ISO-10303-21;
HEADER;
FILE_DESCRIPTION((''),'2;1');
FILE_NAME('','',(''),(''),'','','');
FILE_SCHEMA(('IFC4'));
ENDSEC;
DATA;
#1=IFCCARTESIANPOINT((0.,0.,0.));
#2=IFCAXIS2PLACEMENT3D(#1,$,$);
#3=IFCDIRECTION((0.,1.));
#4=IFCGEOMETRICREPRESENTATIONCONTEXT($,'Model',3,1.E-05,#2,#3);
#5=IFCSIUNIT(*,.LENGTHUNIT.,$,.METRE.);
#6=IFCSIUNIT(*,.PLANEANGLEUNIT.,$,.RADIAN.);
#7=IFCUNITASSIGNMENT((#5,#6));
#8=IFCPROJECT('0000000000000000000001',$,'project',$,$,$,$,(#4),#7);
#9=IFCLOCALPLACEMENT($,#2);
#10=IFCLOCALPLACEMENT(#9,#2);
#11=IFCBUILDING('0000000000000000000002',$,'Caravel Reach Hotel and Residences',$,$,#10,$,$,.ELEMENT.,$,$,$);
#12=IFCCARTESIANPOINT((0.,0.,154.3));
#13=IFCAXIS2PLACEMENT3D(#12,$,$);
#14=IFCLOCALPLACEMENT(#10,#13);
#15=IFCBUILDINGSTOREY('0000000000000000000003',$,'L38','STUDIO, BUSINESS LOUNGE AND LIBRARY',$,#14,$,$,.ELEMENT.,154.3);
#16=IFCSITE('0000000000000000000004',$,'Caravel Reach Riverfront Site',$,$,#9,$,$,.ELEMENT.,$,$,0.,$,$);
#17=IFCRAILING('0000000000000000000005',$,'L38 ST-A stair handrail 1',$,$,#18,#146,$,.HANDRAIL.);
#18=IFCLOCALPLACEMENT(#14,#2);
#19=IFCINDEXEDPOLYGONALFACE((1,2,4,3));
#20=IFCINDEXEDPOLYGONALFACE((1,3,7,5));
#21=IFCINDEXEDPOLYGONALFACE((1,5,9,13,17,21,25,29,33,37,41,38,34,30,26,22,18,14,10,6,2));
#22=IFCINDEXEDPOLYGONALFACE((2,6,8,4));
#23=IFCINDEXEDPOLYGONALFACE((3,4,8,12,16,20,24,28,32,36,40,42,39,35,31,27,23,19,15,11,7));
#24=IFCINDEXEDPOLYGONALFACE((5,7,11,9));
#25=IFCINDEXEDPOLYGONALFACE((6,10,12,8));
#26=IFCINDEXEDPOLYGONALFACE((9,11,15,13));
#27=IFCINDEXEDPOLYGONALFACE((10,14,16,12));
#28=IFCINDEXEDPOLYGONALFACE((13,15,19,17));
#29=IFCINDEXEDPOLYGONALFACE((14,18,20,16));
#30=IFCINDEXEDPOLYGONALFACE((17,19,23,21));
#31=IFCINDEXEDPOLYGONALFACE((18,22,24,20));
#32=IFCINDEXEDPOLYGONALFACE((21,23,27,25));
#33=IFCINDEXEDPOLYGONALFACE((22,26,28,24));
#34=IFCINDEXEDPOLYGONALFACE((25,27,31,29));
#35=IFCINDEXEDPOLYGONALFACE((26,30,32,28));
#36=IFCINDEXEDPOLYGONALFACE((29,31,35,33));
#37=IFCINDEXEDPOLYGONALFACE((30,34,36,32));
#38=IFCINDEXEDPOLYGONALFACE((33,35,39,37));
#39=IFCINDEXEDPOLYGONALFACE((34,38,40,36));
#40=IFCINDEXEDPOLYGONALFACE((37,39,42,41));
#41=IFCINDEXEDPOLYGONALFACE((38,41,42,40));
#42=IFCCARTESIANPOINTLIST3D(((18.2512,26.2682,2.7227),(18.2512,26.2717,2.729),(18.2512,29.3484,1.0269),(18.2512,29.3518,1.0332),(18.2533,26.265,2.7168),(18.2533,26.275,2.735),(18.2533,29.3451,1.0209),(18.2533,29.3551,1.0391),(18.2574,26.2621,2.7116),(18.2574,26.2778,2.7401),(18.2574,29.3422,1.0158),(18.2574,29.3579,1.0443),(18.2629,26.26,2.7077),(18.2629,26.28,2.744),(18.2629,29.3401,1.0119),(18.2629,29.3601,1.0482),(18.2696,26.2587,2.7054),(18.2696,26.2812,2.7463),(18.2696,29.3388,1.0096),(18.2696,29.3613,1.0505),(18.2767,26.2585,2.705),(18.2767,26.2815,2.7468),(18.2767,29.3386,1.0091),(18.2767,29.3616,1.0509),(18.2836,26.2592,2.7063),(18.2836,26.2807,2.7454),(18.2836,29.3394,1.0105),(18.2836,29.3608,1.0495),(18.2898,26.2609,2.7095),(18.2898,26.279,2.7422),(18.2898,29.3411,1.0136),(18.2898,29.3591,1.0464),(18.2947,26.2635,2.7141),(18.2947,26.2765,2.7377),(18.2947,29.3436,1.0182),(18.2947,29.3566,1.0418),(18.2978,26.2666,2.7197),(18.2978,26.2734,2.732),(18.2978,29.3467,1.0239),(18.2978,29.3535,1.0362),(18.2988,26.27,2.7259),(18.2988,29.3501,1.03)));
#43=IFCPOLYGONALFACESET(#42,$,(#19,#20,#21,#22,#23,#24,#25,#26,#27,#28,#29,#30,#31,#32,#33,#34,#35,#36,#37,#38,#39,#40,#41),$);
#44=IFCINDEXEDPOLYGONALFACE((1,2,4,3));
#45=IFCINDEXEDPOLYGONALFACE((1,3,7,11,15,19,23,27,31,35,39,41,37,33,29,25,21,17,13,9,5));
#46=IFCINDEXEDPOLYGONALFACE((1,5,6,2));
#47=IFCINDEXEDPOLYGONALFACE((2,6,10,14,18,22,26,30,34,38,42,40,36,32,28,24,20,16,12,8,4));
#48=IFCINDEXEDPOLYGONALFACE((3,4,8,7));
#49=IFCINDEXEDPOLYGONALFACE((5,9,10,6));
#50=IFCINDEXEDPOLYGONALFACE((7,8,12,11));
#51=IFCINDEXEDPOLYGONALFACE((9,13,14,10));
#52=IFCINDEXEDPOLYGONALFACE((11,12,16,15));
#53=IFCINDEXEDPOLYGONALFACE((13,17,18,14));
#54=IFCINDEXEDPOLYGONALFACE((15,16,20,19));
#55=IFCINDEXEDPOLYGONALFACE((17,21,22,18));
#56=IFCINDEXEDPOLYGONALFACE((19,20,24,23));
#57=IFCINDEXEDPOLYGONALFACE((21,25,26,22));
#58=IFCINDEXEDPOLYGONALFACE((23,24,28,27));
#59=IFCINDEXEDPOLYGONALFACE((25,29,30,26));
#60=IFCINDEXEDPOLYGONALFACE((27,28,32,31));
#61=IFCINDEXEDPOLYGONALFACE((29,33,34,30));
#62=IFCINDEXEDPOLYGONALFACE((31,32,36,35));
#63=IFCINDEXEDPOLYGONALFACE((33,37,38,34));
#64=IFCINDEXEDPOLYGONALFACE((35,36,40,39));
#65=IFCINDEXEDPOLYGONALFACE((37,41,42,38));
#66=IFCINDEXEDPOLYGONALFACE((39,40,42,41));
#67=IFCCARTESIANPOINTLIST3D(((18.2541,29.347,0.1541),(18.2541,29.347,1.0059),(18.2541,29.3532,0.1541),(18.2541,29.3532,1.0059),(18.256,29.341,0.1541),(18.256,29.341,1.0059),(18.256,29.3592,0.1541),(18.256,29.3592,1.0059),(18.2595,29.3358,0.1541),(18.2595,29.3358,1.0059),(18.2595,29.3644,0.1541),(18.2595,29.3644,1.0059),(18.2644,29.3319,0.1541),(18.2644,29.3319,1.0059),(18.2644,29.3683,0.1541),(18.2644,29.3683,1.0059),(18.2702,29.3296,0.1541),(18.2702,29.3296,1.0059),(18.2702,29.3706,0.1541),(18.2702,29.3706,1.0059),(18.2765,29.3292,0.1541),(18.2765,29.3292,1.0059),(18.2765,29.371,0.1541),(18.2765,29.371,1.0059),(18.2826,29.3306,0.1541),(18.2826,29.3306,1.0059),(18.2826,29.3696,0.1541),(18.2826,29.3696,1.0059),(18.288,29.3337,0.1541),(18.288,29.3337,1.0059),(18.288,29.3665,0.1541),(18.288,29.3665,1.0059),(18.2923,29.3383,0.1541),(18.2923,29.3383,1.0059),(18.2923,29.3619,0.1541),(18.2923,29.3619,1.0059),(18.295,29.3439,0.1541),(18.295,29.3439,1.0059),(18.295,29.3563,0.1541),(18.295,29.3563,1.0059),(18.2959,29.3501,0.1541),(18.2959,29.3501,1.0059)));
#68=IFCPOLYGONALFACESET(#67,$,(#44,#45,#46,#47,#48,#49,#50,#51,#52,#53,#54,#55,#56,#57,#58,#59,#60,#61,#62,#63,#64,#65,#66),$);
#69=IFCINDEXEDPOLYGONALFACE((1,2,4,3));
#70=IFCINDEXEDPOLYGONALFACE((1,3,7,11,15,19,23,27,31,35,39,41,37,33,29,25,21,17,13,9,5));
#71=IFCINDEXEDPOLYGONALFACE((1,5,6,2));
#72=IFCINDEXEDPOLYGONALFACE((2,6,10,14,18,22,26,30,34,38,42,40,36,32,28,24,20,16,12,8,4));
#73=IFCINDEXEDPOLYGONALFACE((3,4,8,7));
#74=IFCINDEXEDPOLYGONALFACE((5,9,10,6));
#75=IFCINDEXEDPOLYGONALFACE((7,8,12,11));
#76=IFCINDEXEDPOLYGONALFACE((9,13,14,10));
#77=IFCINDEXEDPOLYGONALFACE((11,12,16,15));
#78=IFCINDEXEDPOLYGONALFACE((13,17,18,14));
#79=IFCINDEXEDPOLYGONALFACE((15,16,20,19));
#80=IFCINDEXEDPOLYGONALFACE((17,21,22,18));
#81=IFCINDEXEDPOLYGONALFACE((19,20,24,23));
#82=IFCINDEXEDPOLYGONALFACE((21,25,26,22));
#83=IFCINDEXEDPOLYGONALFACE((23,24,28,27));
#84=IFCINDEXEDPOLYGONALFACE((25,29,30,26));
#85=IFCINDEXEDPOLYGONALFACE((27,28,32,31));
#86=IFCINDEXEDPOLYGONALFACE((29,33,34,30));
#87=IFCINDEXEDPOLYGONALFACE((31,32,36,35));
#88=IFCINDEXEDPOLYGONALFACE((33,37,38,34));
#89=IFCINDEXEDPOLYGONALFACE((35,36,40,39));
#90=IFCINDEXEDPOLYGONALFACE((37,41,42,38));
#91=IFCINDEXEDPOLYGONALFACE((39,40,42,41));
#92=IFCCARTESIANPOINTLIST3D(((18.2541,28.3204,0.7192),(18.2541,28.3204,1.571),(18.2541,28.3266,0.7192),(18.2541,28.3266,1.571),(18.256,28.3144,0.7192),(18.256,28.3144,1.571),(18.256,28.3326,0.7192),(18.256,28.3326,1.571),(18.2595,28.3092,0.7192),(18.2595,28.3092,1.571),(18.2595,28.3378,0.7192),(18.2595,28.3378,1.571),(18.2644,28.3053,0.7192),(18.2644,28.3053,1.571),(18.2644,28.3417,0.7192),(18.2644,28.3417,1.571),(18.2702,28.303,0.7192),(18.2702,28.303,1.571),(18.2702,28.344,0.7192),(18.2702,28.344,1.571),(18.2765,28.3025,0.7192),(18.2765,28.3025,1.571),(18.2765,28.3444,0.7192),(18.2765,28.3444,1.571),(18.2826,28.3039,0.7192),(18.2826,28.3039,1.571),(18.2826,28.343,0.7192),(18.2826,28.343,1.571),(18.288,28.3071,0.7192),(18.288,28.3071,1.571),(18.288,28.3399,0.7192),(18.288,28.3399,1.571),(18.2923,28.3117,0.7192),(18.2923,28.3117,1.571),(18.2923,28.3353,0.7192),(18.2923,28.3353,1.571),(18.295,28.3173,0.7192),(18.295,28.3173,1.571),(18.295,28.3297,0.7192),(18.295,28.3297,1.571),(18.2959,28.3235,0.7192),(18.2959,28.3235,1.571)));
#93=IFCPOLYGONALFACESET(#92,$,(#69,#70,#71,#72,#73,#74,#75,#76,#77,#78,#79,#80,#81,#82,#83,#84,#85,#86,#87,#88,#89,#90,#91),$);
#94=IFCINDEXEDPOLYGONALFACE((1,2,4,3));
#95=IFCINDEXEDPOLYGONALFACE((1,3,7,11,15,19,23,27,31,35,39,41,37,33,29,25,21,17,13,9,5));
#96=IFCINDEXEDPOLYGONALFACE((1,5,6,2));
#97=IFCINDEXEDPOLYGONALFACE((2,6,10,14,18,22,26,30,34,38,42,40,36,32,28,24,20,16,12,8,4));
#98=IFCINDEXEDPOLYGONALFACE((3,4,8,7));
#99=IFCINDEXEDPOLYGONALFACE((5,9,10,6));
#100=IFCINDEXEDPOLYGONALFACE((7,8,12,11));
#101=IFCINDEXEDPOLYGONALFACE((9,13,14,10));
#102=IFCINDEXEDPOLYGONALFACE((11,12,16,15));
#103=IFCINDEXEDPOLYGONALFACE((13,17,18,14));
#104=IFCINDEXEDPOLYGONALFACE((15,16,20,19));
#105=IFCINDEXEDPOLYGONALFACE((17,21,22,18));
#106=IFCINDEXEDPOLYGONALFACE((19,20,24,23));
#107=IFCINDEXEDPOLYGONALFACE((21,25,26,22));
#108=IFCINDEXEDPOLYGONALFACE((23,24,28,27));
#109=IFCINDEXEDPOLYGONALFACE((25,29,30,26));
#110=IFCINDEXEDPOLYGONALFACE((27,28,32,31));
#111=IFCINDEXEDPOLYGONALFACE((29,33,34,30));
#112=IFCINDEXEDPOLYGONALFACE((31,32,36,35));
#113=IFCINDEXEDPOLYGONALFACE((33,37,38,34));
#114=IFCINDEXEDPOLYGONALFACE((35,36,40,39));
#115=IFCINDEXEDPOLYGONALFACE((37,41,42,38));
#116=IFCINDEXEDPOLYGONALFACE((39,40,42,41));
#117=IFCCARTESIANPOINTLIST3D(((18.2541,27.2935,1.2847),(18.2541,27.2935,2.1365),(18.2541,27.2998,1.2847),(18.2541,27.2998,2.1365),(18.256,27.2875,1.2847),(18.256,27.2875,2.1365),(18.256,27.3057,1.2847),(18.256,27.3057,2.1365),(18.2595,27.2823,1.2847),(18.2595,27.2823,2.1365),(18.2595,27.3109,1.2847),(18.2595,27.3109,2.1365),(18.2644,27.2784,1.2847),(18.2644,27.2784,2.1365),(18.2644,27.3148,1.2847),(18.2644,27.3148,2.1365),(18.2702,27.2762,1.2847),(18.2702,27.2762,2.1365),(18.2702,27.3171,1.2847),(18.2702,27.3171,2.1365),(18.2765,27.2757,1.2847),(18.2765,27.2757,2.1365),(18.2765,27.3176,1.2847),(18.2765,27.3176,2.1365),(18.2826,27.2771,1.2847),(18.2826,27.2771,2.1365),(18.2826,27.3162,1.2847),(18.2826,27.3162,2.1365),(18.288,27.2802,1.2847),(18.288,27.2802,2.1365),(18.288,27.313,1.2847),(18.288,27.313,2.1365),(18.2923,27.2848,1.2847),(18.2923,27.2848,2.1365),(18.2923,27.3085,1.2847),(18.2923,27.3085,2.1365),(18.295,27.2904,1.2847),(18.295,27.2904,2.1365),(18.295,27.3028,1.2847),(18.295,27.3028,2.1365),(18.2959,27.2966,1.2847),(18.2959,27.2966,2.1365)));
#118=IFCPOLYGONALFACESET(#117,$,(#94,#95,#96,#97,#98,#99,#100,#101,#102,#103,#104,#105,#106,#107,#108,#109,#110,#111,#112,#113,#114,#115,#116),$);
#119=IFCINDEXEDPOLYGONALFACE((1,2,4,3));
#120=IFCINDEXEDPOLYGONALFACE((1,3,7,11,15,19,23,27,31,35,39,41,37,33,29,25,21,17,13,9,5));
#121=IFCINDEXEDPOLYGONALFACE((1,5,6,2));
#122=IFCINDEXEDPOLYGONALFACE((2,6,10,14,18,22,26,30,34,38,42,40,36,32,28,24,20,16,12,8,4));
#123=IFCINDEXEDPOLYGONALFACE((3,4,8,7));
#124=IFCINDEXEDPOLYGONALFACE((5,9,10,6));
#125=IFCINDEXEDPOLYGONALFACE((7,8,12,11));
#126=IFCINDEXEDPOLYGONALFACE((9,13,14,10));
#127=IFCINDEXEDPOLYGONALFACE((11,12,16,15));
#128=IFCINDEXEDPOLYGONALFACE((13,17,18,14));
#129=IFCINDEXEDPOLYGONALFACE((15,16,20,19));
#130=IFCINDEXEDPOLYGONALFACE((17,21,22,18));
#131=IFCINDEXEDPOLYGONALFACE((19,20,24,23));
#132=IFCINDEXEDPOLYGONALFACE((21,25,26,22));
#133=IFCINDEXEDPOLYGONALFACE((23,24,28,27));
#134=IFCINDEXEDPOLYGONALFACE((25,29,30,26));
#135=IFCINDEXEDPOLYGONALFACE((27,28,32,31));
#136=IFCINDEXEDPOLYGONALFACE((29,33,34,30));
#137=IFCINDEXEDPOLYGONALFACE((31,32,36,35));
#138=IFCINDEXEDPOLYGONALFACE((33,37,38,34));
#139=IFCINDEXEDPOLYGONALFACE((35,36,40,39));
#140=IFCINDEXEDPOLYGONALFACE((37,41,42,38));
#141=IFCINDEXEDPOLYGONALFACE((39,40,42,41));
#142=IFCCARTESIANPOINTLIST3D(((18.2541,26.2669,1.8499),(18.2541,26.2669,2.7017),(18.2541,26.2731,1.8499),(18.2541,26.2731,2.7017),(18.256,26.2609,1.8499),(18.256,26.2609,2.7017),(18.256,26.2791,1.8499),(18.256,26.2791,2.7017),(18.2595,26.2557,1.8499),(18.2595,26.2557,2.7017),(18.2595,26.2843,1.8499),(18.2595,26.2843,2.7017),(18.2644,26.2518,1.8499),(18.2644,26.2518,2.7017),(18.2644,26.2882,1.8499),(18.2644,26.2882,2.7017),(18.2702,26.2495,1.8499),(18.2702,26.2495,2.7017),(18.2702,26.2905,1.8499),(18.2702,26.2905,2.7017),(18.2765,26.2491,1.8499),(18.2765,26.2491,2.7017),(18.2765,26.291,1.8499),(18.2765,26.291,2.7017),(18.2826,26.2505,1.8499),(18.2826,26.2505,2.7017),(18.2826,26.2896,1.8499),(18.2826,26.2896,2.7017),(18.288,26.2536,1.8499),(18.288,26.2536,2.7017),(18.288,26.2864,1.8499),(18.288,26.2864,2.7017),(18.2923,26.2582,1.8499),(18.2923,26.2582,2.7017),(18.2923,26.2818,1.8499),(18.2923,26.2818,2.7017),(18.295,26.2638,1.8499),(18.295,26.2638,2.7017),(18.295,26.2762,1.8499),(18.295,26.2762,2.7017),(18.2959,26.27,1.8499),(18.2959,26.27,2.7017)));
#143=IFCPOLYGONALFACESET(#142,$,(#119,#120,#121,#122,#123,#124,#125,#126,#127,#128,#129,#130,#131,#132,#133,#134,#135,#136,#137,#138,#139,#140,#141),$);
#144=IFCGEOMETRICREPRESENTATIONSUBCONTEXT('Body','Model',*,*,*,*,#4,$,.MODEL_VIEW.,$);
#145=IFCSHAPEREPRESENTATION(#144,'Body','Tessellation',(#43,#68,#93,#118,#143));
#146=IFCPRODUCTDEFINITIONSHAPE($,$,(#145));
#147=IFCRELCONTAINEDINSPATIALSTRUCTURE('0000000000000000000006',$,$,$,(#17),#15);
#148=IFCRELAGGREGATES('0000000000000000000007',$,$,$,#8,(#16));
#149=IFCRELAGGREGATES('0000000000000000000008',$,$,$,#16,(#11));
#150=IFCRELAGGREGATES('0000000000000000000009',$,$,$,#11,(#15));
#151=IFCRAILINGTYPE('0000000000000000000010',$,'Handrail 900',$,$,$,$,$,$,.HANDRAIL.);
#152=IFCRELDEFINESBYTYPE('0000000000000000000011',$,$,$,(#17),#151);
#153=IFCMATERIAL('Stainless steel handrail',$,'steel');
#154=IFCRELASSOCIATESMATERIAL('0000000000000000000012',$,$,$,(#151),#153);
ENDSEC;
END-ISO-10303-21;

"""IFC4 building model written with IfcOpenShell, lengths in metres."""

from ifc_helpers import new_model, si_unit, direction, frame, origin, origin_2d, place, context, subcontext, project, spatial, circle, extrude, material, type_object, element, save


model = new_model("IFC4")

# Units and contexts
model_context = context("Model", 3, precision=1e-05, world=origin(), true_north=direction((0.0, 1.0)))
body_context = subcontext(model_context, "Body", "Model", "MODEL_VIEW")
ifc_project = project(units=[si_unit("LENGTHUNIT", "METRE"), si_unit("PLANEANGLEUNIT", "RADIAN")], contexts=[model_context])

# Site, building, storey
site_placement = place(None, origin())
site = spatial("IfcSite", under=ifc_project, at=site_placement, Name="Caravel Reach Riverfront Site", CompositionType="ELEMENT", RefElevation=0.0)
building_placement = place(site_placement, origin())
building = spatial("IfcBuilding", under=site, at=building_placement, Name="Caravel Reach Hotel and Residences", CompositionType="ELEMENT")
storey_placement = place(building_placement, frame((0.0, 0.0, 154.3)))
storey = spatial("IfcBuildingStorey", under=building, at=storey_placement, Name="L38", Description="STUDIO, BUSINESS LOUNGE AND LIBRARY", CompositionType="ELEMENT", Elevation=154.3)

# Railing
ifc_material_1 = material(Name="Stainless steel handrail", Category="steel")
railing_type_1 = type_object("IfcRailingType", Name="Handrail 900", PredefinedType="HANDRAIL", material=ifc_material_1)
railing_1_placement = place(storey_placement, frame((18.2749, 29.3501, 0.1541)))
element("IfcRailing", 1, at=railing_1_placement, inside=storey, type_object=railing_type_1, Name="L38 ST-A stair handrail 1", PredefinedType="HANDRAIL", context=body_context, shape_type="SweptSolid", body=[
    extrude(circle(Radius=0.0239, at=origin_2d()), frame((0.0, 0.0, 0.876), z_axis=(0.0, -0.876005, 0.482303), x_axis=(1.0, 0.0, 0.0)), (0.0, 0.0, 1.0), 3.5161),
    extrude(circle(Radius=0.021, at=origin_2d()), origin(), (0.0, 0.0, 1.0), 0.8518),
    extrude(circle(Radius=0.021, at=origin_2d()), frame((0.0, -1.0266, 0.5652)), (0.0, 0.0, 1.0), 0.8518),
    extrude(circle(Radius=0.021, at=origin_2d()), frame((0.0, -2.0535, 1.1306)), (0.0, 0.0, 1.0), 0.8518),
    extrude(circle(Radius=0.021, at=origin_2d()), frame((0.0, -3.0801, 1.6958)), (0.0, 0.0, 1.0), 0.8518),
])

save(model, "model.ifc")
